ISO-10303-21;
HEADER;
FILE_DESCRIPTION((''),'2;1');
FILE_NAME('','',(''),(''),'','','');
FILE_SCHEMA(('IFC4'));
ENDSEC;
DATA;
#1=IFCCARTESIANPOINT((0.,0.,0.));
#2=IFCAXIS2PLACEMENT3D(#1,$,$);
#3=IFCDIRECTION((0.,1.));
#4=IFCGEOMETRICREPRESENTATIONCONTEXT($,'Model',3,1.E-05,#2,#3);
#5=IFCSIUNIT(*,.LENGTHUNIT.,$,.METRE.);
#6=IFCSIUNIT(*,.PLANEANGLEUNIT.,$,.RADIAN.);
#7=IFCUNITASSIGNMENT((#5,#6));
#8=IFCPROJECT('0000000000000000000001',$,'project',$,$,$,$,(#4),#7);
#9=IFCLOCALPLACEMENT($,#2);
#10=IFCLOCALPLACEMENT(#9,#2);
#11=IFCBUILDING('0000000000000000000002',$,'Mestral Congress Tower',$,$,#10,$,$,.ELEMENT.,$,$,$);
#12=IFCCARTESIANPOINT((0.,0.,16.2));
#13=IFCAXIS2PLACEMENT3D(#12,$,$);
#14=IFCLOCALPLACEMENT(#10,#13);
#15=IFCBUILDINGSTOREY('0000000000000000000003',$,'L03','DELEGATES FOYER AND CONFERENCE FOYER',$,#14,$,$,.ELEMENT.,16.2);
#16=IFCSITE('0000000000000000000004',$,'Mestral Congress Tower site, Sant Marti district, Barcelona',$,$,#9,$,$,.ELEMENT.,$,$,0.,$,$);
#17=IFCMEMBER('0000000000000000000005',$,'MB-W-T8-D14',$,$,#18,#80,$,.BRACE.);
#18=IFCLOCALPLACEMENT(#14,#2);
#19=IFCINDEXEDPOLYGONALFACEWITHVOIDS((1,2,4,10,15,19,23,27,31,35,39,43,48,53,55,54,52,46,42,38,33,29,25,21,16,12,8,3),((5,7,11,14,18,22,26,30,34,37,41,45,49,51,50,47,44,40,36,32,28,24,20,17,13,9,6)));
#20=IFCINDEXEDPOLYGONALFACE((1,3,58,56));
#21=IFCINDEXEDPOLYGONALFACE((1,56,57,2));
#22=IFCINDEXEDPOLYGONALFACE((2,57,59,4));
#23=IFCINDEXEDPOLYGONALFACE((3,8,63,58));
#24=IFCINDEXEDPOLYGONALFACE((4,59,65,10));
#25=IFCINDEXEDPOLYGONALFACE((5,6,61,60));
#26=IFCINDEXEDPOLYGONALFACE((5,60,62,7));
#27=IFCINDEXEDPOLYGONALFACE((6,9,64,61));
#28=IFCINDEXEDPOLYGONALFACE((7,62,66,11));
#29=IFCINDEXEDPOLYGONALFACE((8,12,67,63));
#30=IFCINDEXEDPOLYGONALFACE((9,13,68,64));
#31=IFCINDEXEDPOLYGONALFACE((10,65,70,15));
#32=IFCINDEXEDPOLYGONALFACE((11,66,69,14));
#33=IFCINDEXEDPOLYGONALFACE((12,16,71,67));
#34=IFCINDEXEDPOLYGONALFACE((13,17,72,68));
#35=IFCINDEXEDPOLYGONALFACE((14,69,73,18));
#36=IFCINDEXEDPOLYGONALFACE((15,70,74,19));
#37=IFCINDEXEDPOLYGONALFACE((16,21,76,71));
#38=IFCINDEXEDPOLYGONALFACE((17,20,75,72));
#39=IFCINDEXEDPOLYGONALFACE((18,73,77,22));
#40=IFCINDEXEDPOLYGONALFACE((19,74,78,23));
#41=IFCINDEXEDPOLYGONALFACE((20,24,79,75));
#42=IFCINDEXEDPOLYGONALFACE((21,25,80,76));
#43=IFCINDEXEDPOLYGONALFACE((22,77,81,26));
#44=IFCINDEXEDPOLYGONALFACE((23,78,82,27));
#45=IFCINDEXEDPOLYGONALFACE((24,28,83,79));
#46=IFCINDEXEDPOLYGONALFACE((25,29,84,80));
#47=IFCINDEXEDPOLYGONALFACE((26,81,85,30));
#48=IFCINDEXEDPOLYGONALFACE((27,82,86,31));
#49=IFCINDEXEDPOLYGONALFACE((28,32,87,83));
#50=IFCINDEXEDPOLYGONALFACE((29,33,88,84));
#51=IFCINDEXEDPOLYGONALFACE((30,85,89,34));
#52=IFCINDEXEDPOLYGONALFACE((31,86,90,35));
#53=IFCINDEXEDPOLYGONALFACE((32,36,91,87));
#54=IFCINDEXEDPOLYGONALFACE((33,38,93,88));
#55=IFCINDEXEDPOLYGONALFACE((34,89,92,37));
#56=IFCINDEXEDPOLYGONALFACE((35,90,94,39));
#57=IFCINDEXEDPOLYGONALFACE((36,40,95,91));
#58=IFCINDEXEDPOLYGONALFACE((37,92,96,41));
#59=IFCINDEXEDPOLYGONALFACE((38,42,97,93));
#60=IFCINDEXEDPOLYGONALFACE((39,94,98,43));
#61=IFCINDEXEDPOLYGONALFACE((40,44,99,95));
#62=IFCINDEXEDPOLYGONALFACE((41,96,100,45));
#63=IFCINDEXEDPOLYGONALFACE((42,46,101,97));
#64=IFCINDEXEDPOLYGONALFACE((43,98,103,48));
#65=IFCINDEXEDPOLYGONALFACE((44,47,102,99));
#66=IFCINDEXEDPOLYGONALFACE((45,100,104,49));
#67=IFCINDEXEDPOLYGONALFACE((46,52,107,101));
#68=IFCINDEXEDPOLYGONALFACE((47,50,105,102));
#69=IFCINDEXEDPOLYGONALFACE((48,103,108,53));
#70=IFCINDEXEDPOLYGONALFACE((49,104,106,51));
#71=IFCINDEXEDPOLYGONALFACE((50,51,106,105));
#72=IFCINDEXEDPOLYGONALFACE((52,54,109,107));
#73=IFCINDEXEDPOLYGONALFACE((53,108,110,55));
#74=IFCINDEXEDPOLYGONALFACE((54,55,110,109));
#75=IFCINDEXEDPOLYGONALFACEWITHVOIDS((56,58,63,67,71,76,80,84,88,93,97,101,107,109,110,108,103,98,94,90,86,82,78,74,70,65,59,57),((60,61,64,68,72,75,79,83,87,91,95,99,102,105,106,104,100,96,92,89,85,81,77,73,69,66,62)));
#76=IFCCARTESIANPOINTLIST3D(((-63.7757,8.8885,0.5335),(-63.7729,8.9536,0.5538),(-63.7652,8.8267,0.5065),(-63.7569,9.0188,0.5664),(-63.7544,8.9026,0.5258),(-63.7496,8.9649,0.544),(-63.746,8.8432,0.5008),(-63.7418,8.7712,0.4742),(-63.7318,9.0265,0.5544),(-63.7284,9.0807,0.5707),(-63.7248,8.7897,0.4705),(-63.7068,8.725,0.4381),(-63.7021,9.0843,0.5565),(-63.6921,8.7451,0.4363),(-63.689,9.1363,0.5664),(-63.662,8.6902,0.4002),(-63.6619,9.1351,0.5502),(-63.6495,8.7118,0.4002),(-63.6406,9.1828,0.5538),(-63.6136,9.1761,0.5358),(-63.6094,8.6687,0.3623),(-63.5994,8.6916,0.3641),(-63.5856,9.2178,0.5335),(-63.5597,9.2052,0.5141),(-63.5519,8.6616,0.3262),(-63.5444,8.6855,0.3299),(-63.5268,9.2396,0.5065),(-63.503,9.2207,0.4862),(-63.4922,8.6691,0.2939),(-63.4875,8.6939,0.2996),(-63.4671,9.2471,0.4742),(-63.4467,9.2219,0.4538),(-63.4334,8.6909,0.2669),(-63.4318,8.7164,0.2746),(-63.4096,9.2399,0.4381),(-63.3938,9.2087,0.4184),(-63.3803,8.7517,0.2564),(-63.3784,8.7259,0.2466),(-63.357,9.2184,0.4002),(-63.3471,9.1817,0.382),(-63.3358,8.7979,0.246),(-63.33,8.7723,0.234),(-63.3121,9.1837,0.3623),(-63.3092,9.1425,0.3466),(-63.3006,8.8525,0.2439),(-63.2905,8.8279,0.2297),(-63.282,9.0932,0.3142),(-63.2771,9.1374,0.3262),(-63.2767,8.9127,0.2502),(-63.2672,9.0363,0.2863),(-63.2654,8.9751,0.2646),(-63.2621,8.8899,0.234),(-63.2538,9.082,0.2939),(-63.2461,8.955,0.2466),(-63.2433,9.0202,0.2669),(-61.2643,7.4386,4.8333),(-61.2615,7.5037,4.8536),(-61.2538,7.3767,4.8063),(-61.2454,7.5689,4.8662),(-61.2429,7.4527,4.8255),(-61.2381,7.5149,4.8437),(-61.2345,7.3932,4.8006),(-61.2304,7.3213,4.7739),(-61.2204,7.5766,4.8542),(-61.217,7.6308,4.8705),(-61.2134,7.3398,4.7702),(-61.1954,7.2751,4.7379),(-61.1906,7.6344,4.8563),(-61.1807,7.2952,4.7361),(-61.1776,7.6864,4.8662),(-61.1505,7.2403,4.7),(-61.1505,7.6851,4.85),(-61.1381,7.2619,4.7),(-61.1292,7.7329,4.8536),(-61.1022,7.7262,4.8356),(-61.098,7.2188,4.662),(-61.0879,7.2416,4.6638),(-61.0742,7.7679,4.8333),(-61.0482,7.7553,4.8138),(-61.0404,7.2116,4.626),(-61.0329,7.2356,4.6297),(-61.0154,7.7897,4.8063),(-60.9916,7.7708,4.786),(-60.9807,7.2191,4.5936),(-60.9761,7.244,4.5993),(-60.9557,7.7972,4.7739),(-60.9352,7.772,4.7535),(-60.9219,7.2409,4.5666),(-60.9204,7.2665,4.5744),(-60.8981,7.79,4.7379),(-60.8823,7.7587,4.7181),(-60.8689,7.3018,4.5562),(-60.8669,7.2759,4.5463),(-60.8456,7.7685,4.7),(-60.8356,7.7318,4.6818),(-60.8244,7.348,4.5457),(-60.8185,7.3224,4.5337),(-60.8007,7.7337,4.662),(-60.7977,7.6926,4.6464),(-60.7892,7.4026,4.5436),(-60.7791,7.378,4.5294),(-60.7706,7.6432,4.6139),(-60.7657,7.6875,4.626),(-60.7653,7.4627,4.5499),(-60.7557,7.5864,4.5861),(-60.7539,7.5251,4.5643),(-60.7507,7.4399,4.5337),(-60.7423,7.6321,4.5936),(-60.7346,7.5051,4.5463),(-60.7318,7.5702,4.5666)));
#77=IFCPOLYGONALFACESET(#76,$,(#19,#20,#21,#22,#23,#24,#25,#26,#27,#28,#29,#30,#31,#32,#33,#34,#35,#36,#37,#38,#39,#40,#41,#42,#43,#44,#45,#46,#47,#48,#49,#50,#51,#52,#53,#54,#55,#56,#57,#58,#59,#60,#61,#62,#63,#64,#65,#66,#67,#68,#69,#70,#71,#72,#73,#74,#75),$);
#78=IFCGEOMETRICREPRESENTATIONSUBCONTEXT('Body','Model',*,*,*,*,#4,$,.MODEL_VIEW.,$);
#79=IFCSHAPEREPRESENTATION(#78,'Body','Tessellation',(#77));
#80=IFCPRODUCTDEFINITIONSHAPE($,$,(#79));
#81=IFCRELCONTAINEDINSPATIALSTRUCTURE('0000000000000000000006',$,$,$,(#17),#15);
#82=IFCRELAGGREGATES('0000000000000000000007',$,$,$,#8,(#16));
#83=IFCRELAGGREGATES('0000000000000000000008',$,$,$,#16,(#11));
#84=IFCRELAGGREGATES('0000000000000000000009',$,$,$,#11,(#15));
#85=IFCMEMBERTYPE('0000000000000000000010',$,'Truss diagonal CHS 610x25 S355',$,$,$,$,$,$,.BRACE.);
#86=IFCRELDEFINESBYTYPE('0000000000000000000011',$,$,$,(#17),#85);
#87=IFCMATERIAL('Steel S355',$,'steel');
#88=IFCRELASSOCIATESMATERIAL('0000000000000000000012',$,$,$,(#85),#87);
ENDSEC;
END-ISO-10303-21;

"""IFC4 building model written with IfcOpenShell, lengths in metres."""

from ifc_helpers import new_model, si_unit, direction, frame, origin, origin_2d, place, context, subcontext, project, spatial, hollow_circle, extrude, material, material_profile, profile_set, type_object, element, save


model = new_model("IFC4")

# Units and contexts
model_context = context("Model", 3, precision=1e-05, world=origin(), true_north=direction((0.0, 1.0)))
body_context = subcontext(model_context, "Body", "Model", "MODEL_VIEW")
ifc_project = project(units=[si_unit("LENGTHUNIT", "METRE"), si_unit("PLANEANGLEUNIT", "RADIAN")], contexts=[model_context])

# Site, building, storey
site_placement = place(None, origin())
site = spatial("IfcSite", under=ifc_project, at=site_placement, Name="Mestral Congress Tower site, Sant Marti district, Barcelona", CompositionType="ELEMENT", RefElevation=0.0)
building_placement = place(site_placement, origin())
building = spatial("IfcBuilding", under=site, at=building_placement, Name="Mestral Congress Tower", CompositionType="ELEMENT")
storey_placement = place(building_placement, frame((0.0, 0.0, 16.2)))
storey = spatial("IfcBuildingStorey", under=building, at=storey_placement, Name="L03", Description="DELEGATES FOYER AND CONFERENCE FOYER", CompositionType="ELEMENT", Elevation=16.2)

# Member
ifc_material = material(Name="Steel S355", Category="steel")
ifc_material_profile_1 = material_profile(ifc_material, hollow_circle(Radius=0.3049, WallThickness=0.0249, at=origin_2d()), Name="CHS 610x25")
ifc_profile_set_1 = profile_set([ifc_material_profile_1], Name="Steel S355")
member_type_1 = type_object("IfcMemberType", Name="Truss diagonal CHS 610x25 S355", PredefinedType="BRACE", material=ifc_profile_set_1)
for number, where, z_axis, x_axis, name in (
    (1, (-60.998, 7.5044, 4.7), (-0.484247, 0.279571, -0.829062), (-0.499987, -0.866033, 0.0), "MB-W-T8-D14"),
):
    element("IfcMember", number, at=place(storey_placement, frame(where, z_axis=z_axis, x_axis=x_axis)), inside=storey, type_object=member_type_1, Name=name, PredefinedType="BRACE", context=body_context, shape_type="SweptSolid", body=[
        extrude(hollow_circle(Radius=0.3049, WallThickness=0.0249, at=origin_2d()), origin(), (0.0, 0.0, 1.0), 5.1863),
    ])

save(model, "model.ifc")
